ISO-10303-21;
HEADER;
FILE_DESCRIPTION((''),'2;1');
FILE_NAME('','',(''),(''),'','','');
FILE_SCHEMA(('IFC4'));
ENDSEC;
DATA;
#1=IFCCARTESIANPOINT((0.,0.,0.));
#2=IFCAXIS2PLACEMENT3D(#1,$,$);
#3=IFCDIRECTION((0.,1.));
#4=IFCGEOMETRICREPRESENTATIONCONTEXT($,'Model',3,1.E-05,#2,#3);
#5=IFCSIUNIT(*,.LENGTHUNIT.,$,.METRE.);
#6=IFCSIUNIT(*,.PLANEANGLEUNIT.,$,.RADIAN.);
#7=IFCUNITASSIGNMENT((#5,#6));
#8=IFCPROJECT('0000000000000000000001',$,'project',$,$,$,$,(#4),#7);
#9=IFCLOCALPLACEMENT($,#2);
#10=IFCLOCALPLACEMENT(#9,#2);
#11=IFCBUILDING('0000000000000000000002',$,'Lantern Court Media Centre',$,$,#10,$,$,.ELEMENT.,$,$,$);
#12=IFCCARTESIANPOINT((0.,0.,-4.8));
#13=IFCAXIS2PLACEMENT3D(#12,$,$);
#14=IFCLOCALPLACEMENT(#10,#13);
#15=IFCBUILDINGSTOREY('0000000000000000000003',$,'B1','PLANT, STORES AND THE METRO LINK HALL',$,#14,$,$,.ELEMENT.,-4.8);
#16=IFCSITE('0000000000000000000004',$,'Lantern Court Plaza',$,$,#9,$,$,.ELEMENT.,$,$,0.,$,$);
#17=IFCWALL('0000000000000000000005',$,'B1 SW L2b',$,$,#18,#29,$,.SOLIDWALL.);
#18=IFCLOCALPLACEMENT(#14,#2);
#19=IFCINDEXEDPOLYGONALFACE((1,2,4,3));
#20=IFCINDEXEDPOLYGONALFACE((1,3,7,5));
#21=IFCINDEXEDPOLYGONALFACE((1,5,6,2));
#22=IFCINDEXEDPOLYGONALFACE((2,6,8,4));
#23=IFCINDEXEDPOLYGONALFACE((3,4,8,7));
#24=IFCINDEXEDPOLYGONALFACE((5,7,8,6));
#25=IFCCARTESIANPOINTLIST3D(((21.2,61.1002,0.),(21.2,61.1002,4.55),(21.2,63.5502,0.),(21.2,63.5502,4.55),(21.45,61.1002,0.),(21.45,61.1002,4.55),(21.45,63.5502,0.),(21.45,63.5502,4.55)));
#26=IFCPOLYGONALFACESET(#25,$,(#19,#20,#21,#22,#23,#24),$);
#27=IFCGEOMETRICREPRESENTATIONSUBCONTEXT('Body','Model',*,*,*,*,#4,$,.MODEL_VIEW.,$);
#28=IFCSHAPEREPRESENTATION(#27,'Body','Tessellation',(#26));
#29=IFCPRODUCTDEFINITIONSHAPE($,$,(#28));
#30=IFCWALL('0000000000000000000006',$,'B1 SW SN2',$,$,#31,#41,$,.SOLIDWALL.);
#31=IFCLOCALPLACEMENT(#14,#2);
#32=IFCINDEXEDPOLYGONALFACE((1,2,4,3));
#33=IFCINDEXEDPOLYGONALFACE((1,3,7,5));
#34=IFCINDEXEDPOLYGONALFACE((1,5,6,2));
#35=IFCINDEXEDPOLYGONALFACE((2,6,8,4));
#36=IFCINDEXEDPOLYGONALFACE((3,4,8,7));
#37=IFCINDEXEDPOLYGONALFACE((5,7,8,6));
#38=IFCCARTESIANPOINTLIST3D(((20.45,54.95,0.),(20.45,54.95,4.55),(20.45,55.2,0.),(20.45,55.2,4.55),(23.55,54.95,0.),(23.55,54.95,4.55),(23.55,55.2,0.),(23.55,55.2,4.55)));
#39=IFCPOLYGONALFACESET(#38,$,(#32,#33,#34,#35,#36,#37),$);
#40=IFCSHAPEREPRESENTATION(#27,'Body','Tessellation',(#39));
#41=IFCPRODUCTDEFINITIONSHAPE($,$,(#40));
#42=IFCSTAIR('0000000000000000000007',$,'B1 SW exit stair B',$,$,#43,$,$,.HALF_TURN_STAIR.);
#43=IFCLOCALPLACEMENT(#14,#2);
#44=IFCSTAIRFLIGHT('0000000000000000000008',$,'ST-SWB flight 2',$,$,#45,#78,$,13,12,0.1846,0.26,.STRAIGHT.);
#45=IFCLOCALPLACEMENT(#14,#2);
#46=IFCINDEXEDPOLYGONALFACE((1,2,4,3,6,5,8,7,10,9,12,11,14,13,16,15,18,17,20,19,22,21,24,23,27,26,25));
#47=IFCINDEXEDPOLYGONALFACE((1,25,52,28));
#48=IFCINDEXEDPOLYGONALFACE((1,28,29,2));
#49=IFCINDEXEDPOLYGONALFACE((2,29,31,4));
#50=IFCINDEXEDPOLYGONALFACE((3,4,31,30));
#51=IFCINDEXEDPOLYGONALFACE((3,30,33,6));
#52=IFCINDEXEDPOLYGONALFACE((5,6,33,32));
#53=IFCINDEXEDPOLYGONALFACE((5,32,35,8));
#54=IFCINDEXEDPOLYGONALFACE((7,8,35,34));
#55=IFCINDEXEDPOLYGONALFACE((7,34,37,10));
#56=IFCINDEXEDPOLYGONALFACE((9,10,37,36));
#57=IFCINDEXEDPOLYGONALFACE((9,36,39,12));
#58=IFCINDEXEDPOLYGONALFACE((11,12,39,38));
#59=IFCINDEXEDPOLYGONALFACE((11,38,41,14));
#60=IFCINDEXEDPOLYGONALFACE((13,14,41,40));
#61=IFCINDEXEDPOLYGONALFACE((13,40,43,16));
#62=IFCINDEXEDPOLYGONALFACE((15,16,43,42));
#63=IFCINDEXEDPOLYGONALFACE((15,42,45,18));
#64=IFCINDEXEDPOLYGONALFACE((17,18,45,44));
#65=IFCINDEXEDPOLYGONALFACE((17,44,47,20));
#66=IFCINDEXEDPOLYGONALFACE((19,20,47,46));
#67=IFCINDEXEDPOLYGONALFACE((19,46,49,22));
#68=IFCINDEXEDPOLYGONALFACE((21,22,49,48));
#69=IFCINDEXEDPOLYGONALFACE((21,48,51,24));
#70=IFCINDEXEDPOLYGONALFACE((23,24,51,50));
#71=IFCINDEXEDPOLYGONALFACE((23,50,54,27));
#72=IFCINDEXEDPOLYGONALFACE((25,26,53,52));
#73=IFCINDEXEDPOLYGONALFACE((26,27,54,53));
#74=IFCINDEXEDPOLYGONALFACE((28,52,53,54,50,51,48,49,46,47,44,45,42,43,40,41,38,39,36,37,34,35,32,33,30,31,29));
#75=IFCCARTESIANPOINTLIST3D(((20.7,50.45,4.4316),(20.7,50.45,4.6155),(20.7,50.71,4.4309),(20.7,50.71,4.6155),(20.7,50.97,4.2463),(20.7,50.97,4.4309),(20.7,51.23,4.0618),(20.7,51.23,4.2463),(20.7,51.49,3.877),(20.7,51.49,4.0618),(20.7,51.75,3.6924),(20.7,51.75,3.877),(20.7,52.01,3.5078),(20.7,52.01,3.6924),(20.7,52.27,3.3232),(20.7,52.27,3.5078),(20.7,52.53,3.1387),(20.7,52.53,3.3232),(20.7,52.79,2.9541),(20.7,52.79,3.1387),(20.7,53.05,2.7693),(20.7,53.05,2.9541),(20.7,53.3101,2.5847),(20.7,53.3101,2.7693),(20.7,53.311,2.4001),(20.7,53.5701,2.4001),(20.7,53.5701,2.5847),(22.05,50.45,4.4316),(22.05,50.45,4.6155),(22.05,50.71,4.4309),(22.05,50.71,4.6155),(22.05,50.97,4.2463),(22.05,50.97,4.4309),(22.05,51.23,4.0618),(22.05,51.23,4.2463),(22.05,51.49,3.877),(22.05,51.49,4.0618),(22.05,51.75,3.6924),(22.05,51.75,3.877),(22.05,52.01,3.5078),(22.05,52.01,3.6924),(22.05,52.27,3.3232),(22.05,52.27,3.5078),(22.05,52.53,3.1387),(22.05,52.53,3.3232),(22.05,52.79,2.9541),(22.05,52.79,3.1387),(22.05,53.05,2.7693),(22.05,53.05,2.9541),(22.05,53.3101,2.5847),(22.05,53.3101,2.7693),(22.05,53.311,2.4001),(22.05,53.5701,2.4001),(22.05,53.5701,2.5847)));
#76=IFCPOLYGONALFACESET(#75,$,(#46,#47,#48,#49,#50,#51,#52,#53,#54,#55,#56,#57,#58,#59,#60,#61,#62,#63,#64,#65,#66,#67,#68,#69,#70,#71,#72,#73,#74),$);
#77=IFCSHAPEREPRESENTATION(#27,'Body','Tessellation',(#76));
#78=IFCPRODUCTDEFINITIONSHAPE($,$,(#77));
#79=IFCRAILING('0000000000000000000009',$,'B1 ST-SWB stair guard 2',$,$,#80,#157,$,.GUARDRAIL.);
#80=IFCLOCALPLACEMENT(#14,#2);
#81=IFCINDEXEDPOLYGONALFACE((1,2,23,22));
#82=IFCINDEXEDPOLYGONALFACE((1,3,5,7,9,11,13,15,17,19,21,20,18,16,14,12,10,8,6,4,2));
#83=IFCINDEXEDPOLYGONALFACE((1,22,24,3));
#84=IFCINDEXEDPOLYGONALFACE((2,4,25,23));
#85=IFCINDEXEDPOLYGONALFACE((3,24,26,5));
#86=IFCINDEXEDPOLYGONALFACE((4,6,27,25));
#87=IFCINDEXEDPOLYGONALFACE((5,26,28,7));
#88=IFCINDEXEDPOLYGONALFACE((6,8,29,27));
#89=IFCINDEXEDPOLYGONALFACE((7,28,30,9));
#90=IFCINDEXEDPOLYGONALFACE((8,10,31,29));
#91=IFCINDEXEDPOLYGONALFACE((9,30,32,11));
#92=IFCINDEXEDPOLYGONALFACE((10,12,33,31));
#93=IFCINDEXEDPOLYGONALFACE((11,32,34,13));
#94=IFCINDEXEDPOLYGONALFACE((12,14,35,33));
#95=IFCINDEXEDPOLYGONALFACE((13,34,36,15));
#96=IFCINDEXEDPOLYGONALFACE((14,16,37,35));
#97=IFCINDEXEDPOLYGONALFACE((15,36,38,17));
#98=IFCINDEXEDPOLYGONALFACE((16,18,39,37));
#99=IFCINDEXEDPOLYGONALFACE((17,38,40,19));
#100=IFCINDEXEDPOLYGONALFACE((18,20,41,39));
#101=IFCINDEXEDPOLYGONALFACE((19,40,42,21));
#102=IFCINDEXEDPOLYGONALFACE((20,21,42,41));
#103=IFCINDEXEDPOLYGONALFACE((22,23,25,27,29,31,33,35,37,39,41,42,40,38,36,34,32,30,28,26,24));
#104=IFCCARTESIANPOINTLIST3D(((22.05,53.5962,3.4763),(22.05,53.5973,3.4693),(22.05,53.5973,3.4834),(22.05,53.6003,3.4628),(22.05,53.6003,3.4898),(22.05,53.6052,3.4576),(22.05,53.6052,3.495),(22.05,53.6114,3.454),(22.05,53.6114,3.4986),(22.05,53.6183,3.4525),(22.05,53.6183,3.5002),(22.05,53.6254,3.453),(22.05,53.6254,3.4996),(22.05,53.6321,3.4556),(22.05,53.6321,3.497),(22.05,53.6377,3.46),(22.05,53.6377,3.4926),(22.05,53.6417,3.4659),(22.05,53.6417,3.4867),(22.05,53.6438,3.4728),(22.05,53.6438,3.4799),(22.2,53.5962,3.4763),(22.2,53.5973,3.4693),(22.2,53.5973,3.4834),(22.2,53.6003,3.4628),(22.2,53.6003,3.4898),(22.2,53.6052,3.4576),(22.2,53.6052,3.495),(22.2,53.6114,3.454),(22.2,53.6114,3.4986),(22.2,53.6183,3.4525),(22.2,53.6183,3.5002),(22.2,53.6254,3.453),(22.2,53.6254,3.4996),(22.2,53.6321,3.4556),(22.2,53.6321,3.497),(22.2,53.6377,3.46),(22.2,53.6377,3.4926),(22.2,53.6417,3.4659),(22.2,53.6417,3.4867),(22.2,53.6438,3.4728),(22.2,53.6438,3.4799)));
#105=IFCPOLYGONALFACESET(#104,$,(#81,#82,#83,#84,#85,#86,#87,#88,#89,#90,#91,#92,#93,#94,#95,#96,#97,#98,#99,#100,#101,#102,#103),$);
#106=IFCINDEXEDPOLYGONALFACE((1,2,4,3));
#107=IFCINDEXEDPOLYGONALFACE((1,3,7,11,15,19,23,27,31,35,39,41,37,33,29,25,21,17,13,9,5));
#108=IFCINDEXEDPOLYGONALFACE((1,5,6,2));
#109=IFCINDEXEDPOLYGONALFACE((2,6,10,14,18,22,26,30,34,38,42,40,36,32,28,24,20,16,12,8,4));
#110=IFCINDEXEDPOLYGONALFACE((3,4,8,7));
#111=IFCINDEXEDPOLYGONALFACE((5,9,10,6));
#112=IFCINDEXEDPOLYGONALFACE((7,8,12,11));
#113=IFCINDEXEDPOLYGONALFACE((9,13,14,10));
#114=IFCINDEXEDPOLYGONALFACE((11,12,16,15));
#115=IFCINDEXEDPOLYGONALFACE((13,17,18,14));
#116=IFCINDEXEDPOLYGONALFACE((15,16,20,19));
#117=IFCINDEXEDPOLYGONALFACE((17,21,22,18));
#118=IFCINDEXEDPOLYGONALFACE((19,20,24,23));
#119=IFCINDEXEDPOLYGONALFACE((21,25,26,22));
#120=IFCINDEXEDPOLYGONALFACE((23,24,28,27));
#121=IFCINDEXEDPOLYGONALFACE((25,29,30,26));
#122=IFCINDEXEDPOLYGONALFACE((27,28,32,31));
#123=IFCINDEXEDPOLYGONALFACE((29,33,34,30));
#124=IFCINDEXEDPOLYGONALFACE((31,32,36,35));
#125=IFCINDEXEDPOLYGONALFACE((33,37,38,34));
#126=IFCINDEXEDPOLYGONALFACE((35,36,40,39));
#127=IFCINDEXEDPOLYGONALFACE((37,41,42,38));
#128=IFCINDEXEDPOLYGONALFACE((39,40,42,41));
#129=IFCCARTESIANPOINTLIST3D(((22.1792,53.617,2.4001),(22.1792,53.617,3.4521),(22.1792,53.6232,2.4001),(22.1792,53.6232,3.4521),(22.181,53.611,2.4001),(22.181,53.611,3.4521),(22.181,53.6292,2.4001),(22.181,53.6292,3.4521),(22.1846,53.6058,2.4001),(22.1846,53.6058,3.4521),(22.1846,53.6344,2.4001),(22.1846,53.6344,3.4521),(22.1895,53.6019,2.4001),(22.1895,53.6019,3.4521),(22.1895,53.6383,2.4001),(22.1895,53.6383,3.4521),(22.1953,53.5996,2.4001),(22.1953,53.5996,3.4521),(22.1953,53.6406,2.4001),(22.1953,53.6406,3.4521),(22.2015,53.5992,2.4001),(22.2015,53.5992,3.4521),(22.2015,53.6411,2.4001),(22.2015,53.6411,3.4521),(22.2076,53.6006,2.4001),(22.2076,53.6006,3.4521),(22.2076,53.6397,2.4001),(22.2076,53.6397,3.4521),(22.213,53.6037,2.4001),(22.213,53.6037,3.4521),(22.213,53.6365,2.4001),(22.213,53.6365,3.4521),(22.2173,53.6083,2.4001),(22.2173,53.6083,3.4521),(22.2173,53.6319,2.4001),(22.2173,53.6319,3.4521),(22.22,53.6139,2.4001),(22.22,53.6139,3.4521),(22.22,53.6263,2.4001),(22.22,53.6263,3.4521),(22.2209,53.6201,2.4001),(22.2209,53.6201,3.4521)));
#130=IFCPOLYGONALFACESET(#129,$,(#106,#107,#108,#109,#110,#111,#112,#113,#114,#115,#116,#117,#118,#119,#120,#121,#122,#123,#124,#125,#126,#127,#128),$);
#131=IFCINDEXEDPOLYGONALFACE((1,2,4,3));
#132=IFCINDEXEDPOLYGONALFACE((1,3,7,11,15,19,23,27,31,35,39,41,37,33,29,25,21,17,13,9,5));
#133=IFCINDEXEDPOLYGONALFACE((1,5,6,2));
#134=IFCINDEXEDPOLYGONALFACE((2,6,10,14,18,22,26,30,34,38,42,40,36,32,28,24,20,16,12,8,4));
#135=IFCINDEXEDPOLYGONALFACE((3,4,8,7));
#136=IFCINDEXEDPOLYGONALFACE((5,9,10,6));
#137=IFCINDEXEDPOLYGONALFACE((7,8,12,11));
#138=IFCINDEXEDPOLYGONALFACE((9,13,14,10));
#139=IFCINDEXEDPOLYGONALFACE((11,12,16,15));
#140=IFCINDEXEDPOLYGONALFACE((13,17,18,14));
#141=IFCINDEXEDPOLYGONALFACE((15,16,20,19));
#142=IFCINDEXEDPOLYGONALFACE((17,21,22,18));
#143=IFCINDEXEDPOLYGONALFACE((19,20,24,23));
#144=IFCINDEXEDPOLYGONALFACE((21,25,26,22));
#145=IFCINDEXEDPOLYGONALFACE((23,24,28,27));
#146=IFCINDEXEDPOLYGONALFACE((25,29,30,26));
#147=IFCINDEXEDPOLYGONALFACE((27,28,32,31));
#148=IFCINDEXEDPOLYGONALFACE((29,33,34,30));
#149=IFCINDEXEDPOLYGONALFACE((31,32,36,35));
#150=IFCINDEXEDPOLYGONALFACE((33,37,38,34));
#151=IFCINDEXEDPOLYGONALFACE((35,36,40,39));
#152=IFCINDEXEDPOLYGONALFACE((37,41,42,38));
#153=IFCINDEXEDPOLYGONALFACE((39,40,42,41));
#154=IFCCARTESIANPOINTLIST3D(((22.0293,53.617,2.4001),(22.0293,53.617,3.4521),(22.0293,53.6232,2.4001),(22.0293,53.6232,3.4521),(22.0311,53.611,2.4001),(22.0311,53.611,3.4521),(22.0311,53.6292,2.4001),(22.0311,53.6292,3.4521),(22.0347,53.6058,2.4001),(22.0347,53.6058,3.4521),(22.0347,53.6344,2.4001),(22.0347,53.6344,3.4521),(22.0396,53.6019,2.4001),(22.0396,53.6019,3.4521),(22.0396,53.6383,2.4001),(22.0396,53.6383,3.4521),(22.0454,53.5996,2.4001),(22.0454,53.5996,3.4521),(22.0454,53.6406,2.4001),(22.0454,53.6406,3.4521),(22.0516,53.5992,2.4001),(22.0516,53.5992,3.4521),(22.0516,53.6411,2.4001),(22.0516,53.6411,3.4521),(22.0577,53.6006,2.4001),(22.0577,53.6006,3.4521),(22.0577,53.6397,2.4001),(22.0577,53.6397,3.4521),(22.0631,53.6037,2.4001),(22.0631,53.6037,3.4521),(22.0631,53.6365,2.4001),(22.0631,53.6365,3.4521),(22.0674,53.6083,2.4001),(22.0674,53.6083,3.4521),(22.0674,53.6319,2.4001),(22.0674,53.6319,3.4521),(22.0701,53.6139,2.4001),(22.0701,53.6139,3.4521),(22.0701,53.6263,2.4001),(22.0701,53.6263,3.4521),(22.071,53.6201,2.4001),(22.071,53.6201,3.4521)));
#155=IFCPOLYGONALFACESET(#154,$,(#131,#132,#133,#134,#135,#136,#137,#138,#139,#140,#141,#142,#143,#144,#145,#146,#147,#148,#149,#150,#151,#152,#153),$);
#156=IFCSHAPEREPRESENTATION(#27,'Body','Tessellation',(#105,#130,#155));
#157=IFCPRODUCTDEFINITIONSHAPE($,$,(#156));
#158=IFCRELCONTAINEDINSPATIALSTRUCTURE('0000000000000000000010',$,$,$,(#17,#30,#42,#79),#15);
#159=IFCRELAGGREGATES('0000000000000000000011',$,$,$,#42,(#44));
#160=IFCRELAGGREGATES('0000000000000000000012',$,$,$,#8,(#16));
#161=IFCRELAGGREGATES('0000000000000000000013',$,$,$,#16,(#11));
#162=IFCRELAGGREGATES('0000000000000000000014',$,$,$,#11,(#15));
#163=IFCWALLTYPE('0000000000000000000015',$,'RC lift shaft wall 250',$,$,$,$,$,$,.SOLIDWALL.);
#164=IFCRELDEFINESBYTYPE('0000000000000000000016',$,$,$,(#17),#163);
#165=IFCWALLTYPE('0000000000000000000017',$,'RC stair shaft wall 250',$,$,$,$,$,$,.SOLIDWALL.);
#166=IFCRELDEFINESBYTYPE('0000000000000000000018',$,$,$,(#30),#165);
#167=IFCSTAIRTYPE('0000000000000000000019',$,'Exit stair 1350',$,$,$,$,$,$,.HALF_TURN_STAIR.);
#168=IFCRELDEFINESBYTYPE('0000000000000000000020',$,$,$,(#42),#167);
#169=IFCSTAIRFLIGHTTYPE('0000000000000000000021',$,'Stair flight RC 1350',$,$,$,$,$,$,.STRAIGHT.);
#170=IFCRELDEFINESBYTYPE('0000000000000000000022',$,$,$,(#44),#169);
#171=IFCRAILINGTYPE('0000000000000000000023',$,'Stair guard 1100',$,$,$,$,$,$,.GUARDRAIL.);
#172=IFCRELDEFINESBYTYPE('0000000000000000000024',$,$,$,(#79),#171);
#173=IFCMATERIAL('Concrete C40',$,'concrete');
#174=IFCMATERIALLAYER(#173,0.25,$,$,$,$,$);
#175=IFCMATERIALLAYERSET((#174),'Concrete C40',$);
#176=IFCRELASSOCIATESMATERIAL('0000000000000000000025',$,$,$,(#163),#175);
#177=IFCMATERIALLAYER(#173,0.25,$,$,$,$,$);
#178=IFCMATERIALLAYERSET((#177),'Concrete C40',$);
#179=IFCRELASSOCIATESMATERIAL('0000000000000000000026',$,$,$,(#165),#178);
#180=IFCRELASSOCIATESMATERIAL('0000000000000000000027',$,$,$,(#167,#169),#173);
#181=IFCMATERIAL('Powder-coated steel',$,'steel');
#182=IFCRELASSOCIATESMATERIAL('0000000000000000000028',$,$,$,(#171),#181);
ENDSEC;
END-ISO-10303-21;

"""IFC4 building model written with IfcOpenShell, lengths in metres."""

from ifc_helpers import new_model, si_unit, direction, frame, frame_2d, origin, origin_2d, place, context, subcontext, project, spatial, polyline, rectangle, circle, outline, extrude, material, layer, layer_set, type_object, element, aggregate, save


model = new_model("IFC4")

# Units and contexts
model_context = context("Model", 3, precision=1e-05, world=origin(), true_north=direction((0.0, 1.0)))
body_context = subcontext(model_context, "Body", "Model", "MODEL_VIEW")
ifc_project = project(units=[si_unit("LENGTHUNIT", "METRE"), si_unit("PLANEANGLEUNIT", "RADIAN")], contexts=[model_context])

# Site, building, storey
site_placement = place(None, origin())
site = spatial("IfcSite", under=ifc_project, at=site_placement, Name="Lantern Court Plaza", CompositionType="ELEMENT", RefElevation=0.0)
building_placement = place(site_placement, origin())
building = spatial("IfcBuilding", under=site, at=building_placement, Name="Lantern Court Media Centre", CompositionType="ELEMENT")
storey_placement = place(building_placement, frame((0.0, 0.0, -4.8)))
storey = spatial("IfcBuildingStorey", under=building, at=storey_placement, Name="B1", Description="PLANT, STORES AND THE METRO LINK HALL", CompositionType="ELEMENT", Elevation=-4.8)

# Walls
ifc_material_1 = material(Name="Concrete C40", Category="concrete")
ifc_layer_1 = layer(ifc_material_1, 0.25)
ifc_layer_set_1 = layer_set([ifc_layer_1], Name="Concrete C40")
wall_type_1 = type_object("IfcWallType", Name="RC lift shaft wall 250", PredefinedType="SOLIDWALL", material=ifc_layer_set_1)
wall_1_placement = place(storey_placement, frame((21.325, 61.1001, 0.0), z_axis=(0.0, 0.0, 1.0), x_axis=(0.0, 1.0, 0.0)))
element("IfcWall", 1, at=wall_1_placement, inside=storey, type_object=wall_type_1, Name="B1 SW L2b", PredefinedType="SOLIDWALL", context=body_context, shape_type="SweptSolid", body=[
    extrude(rectangle(XDim=2.45, YDim=0.25, at=frame_2d((1.2251, 0.0))), origin(), (0.0, 0.0, 1.0), 4.55),
])
ifc_layer_2 = layer(ifc_material_1, 0.25)
ifc_layer_set_2 = layer_set([ifc_layer_2], Name="Concrete C40")
wall_type_2 = type_object("IfcWallType", Name="RC stair shaft wall 250", PredefinedType="SOLIDWALL", material=ifc_layer_set_2)
wall_2_placement = place(storey_placement, frame((20.45, 55.075, 0.0), z_axis=(0.0, 0.0, 1.0), x_axis=(1.0, 0.0, 0.0)))
element("IfcWall", 2, at=wall_2_placement, inside=storey, type_object=wall_type_2, Name="B1 SW SN2", PredefinedType="SOLIDWALL", context=body_context, shape_type="SweptSolid", body=[
    extrude(rectangle(XDim=3.1001, YDim=0.25, at=frame_2d((1.55, 0.0))), origin(), (0.0, 0.0, 1.0), 4.55),
])

# Stair, stair flight
stair_type = type_object("IfcStairType", Name="Exit stair 1350", PredefinedType="HALF_TURN_STAIR", material=ifc_material_1)
stair_placement = place(storey_placement, origin())
stair = element("IfcStair", 3, at=stair_placement, inside=storey, type_object=stair_type, Name="B1 SW exit stair B", PredefinedType="HALF_TURN_STAIR")
stair_flight_type = type_object("IfcStairFlightType", Name="Stair flight RC 1350", PredefinedType="STRAIGHT", material=ifc_material_1)
stair_flight_placement = place(storey_placement, frame((21.375, 53.5701, 2.4001), z_axis=(0.0, 0.0, 1.0), x_axis=(0.0, -1.0, 0.0)))
stair_flight = element("IfcStairFlight", 4, at=stair_flight_placement, type_object=stair_flight_type, Name="ST-SWB flight 2", NumberOfRisers=13, NumberOfTreads=12, PredefinedType="STRAIGHT", RiserHeight=0.1846, TreadLength=0.26, context=body_context, shape_type="SweptSolid", body=[
    extrude(outline(polyline([(0.0, 0.0), (0.0, 0.1846), (0.26, 0.1846), (0.26, 0.3691), (0.52, 0.3691), (0.52, 0.554), (0.78, 0.554), (0.78, 0.7385), (1.04, 0.7385), (1.04, 0.9231), (1.3, 0.9231), (1.3, 1.1077), (1.5601, 1.1077), (1.5601, 1.2922), (1.8201, 1.2922), (1.8201, 1.4768), (2.0801, 1.4768), (2.0801, 1.6616), (2.3401, 1.6616), (2.3401, 1.8462), (2.6001, 1.8462), (2.6001, 2.0308), (2.8601, 2.0308), (2.8601, 2.2153), (3.1201, 2.2153), (3.1201, 2.3999), (3.1201, 2.0315), (0.259, 0.0), (0.0, 0.0)])), frame((0.0, 0.675, 0.0), z_axis=(0.0, -1.0, 0.0), x_axis=(1.0, 0.0, 0.0)), (0.0, 0.0, 1.0), 1.3501),
])
aggregate(stair, [stair_flight])

# Railing
ifc_material_2 = material(Name="Powder-coated steel", Category="steel")
railing_type_1 = type_object("IfcRailingType", Name="Stair guard 1100", PredefinedType="GUARDRAIL", material=ifc_material_2)
railing_1_placement = place(storey_placement, frame((22.2, 53.6201, 2.4001)))
element("IfcRailing", 5, at=railing_1_placement, inside=storey, type_object=railing_type_1, Name="B1 ST-SWB stair guard 2", PredefinedType="GUARDRAIL", context=body_context, shape_type="SweptSolid", body=[
    extrude(circle(Radius=0.0239, at=origin_2d()), frame((0.0, 0.0, 1.0762), z_axis=(-1.0, 0.0, 0.0), x_axis=(0.0, -1.0, 0.0)), (0.0, 0.0, 1.0), 0.1499),
    extrude(circle(Radius=0.021, at=origin_2d()), origin(), (0.0, 0.0, 1.0), 1.052),
    extrude(circle(Radius=0.021, at=origin_2d()), frame((-0.1499, 0.0, 0.0)), (0.0, 0.0, 1.0), 1.052),
])

save(model, "model.ifc")
